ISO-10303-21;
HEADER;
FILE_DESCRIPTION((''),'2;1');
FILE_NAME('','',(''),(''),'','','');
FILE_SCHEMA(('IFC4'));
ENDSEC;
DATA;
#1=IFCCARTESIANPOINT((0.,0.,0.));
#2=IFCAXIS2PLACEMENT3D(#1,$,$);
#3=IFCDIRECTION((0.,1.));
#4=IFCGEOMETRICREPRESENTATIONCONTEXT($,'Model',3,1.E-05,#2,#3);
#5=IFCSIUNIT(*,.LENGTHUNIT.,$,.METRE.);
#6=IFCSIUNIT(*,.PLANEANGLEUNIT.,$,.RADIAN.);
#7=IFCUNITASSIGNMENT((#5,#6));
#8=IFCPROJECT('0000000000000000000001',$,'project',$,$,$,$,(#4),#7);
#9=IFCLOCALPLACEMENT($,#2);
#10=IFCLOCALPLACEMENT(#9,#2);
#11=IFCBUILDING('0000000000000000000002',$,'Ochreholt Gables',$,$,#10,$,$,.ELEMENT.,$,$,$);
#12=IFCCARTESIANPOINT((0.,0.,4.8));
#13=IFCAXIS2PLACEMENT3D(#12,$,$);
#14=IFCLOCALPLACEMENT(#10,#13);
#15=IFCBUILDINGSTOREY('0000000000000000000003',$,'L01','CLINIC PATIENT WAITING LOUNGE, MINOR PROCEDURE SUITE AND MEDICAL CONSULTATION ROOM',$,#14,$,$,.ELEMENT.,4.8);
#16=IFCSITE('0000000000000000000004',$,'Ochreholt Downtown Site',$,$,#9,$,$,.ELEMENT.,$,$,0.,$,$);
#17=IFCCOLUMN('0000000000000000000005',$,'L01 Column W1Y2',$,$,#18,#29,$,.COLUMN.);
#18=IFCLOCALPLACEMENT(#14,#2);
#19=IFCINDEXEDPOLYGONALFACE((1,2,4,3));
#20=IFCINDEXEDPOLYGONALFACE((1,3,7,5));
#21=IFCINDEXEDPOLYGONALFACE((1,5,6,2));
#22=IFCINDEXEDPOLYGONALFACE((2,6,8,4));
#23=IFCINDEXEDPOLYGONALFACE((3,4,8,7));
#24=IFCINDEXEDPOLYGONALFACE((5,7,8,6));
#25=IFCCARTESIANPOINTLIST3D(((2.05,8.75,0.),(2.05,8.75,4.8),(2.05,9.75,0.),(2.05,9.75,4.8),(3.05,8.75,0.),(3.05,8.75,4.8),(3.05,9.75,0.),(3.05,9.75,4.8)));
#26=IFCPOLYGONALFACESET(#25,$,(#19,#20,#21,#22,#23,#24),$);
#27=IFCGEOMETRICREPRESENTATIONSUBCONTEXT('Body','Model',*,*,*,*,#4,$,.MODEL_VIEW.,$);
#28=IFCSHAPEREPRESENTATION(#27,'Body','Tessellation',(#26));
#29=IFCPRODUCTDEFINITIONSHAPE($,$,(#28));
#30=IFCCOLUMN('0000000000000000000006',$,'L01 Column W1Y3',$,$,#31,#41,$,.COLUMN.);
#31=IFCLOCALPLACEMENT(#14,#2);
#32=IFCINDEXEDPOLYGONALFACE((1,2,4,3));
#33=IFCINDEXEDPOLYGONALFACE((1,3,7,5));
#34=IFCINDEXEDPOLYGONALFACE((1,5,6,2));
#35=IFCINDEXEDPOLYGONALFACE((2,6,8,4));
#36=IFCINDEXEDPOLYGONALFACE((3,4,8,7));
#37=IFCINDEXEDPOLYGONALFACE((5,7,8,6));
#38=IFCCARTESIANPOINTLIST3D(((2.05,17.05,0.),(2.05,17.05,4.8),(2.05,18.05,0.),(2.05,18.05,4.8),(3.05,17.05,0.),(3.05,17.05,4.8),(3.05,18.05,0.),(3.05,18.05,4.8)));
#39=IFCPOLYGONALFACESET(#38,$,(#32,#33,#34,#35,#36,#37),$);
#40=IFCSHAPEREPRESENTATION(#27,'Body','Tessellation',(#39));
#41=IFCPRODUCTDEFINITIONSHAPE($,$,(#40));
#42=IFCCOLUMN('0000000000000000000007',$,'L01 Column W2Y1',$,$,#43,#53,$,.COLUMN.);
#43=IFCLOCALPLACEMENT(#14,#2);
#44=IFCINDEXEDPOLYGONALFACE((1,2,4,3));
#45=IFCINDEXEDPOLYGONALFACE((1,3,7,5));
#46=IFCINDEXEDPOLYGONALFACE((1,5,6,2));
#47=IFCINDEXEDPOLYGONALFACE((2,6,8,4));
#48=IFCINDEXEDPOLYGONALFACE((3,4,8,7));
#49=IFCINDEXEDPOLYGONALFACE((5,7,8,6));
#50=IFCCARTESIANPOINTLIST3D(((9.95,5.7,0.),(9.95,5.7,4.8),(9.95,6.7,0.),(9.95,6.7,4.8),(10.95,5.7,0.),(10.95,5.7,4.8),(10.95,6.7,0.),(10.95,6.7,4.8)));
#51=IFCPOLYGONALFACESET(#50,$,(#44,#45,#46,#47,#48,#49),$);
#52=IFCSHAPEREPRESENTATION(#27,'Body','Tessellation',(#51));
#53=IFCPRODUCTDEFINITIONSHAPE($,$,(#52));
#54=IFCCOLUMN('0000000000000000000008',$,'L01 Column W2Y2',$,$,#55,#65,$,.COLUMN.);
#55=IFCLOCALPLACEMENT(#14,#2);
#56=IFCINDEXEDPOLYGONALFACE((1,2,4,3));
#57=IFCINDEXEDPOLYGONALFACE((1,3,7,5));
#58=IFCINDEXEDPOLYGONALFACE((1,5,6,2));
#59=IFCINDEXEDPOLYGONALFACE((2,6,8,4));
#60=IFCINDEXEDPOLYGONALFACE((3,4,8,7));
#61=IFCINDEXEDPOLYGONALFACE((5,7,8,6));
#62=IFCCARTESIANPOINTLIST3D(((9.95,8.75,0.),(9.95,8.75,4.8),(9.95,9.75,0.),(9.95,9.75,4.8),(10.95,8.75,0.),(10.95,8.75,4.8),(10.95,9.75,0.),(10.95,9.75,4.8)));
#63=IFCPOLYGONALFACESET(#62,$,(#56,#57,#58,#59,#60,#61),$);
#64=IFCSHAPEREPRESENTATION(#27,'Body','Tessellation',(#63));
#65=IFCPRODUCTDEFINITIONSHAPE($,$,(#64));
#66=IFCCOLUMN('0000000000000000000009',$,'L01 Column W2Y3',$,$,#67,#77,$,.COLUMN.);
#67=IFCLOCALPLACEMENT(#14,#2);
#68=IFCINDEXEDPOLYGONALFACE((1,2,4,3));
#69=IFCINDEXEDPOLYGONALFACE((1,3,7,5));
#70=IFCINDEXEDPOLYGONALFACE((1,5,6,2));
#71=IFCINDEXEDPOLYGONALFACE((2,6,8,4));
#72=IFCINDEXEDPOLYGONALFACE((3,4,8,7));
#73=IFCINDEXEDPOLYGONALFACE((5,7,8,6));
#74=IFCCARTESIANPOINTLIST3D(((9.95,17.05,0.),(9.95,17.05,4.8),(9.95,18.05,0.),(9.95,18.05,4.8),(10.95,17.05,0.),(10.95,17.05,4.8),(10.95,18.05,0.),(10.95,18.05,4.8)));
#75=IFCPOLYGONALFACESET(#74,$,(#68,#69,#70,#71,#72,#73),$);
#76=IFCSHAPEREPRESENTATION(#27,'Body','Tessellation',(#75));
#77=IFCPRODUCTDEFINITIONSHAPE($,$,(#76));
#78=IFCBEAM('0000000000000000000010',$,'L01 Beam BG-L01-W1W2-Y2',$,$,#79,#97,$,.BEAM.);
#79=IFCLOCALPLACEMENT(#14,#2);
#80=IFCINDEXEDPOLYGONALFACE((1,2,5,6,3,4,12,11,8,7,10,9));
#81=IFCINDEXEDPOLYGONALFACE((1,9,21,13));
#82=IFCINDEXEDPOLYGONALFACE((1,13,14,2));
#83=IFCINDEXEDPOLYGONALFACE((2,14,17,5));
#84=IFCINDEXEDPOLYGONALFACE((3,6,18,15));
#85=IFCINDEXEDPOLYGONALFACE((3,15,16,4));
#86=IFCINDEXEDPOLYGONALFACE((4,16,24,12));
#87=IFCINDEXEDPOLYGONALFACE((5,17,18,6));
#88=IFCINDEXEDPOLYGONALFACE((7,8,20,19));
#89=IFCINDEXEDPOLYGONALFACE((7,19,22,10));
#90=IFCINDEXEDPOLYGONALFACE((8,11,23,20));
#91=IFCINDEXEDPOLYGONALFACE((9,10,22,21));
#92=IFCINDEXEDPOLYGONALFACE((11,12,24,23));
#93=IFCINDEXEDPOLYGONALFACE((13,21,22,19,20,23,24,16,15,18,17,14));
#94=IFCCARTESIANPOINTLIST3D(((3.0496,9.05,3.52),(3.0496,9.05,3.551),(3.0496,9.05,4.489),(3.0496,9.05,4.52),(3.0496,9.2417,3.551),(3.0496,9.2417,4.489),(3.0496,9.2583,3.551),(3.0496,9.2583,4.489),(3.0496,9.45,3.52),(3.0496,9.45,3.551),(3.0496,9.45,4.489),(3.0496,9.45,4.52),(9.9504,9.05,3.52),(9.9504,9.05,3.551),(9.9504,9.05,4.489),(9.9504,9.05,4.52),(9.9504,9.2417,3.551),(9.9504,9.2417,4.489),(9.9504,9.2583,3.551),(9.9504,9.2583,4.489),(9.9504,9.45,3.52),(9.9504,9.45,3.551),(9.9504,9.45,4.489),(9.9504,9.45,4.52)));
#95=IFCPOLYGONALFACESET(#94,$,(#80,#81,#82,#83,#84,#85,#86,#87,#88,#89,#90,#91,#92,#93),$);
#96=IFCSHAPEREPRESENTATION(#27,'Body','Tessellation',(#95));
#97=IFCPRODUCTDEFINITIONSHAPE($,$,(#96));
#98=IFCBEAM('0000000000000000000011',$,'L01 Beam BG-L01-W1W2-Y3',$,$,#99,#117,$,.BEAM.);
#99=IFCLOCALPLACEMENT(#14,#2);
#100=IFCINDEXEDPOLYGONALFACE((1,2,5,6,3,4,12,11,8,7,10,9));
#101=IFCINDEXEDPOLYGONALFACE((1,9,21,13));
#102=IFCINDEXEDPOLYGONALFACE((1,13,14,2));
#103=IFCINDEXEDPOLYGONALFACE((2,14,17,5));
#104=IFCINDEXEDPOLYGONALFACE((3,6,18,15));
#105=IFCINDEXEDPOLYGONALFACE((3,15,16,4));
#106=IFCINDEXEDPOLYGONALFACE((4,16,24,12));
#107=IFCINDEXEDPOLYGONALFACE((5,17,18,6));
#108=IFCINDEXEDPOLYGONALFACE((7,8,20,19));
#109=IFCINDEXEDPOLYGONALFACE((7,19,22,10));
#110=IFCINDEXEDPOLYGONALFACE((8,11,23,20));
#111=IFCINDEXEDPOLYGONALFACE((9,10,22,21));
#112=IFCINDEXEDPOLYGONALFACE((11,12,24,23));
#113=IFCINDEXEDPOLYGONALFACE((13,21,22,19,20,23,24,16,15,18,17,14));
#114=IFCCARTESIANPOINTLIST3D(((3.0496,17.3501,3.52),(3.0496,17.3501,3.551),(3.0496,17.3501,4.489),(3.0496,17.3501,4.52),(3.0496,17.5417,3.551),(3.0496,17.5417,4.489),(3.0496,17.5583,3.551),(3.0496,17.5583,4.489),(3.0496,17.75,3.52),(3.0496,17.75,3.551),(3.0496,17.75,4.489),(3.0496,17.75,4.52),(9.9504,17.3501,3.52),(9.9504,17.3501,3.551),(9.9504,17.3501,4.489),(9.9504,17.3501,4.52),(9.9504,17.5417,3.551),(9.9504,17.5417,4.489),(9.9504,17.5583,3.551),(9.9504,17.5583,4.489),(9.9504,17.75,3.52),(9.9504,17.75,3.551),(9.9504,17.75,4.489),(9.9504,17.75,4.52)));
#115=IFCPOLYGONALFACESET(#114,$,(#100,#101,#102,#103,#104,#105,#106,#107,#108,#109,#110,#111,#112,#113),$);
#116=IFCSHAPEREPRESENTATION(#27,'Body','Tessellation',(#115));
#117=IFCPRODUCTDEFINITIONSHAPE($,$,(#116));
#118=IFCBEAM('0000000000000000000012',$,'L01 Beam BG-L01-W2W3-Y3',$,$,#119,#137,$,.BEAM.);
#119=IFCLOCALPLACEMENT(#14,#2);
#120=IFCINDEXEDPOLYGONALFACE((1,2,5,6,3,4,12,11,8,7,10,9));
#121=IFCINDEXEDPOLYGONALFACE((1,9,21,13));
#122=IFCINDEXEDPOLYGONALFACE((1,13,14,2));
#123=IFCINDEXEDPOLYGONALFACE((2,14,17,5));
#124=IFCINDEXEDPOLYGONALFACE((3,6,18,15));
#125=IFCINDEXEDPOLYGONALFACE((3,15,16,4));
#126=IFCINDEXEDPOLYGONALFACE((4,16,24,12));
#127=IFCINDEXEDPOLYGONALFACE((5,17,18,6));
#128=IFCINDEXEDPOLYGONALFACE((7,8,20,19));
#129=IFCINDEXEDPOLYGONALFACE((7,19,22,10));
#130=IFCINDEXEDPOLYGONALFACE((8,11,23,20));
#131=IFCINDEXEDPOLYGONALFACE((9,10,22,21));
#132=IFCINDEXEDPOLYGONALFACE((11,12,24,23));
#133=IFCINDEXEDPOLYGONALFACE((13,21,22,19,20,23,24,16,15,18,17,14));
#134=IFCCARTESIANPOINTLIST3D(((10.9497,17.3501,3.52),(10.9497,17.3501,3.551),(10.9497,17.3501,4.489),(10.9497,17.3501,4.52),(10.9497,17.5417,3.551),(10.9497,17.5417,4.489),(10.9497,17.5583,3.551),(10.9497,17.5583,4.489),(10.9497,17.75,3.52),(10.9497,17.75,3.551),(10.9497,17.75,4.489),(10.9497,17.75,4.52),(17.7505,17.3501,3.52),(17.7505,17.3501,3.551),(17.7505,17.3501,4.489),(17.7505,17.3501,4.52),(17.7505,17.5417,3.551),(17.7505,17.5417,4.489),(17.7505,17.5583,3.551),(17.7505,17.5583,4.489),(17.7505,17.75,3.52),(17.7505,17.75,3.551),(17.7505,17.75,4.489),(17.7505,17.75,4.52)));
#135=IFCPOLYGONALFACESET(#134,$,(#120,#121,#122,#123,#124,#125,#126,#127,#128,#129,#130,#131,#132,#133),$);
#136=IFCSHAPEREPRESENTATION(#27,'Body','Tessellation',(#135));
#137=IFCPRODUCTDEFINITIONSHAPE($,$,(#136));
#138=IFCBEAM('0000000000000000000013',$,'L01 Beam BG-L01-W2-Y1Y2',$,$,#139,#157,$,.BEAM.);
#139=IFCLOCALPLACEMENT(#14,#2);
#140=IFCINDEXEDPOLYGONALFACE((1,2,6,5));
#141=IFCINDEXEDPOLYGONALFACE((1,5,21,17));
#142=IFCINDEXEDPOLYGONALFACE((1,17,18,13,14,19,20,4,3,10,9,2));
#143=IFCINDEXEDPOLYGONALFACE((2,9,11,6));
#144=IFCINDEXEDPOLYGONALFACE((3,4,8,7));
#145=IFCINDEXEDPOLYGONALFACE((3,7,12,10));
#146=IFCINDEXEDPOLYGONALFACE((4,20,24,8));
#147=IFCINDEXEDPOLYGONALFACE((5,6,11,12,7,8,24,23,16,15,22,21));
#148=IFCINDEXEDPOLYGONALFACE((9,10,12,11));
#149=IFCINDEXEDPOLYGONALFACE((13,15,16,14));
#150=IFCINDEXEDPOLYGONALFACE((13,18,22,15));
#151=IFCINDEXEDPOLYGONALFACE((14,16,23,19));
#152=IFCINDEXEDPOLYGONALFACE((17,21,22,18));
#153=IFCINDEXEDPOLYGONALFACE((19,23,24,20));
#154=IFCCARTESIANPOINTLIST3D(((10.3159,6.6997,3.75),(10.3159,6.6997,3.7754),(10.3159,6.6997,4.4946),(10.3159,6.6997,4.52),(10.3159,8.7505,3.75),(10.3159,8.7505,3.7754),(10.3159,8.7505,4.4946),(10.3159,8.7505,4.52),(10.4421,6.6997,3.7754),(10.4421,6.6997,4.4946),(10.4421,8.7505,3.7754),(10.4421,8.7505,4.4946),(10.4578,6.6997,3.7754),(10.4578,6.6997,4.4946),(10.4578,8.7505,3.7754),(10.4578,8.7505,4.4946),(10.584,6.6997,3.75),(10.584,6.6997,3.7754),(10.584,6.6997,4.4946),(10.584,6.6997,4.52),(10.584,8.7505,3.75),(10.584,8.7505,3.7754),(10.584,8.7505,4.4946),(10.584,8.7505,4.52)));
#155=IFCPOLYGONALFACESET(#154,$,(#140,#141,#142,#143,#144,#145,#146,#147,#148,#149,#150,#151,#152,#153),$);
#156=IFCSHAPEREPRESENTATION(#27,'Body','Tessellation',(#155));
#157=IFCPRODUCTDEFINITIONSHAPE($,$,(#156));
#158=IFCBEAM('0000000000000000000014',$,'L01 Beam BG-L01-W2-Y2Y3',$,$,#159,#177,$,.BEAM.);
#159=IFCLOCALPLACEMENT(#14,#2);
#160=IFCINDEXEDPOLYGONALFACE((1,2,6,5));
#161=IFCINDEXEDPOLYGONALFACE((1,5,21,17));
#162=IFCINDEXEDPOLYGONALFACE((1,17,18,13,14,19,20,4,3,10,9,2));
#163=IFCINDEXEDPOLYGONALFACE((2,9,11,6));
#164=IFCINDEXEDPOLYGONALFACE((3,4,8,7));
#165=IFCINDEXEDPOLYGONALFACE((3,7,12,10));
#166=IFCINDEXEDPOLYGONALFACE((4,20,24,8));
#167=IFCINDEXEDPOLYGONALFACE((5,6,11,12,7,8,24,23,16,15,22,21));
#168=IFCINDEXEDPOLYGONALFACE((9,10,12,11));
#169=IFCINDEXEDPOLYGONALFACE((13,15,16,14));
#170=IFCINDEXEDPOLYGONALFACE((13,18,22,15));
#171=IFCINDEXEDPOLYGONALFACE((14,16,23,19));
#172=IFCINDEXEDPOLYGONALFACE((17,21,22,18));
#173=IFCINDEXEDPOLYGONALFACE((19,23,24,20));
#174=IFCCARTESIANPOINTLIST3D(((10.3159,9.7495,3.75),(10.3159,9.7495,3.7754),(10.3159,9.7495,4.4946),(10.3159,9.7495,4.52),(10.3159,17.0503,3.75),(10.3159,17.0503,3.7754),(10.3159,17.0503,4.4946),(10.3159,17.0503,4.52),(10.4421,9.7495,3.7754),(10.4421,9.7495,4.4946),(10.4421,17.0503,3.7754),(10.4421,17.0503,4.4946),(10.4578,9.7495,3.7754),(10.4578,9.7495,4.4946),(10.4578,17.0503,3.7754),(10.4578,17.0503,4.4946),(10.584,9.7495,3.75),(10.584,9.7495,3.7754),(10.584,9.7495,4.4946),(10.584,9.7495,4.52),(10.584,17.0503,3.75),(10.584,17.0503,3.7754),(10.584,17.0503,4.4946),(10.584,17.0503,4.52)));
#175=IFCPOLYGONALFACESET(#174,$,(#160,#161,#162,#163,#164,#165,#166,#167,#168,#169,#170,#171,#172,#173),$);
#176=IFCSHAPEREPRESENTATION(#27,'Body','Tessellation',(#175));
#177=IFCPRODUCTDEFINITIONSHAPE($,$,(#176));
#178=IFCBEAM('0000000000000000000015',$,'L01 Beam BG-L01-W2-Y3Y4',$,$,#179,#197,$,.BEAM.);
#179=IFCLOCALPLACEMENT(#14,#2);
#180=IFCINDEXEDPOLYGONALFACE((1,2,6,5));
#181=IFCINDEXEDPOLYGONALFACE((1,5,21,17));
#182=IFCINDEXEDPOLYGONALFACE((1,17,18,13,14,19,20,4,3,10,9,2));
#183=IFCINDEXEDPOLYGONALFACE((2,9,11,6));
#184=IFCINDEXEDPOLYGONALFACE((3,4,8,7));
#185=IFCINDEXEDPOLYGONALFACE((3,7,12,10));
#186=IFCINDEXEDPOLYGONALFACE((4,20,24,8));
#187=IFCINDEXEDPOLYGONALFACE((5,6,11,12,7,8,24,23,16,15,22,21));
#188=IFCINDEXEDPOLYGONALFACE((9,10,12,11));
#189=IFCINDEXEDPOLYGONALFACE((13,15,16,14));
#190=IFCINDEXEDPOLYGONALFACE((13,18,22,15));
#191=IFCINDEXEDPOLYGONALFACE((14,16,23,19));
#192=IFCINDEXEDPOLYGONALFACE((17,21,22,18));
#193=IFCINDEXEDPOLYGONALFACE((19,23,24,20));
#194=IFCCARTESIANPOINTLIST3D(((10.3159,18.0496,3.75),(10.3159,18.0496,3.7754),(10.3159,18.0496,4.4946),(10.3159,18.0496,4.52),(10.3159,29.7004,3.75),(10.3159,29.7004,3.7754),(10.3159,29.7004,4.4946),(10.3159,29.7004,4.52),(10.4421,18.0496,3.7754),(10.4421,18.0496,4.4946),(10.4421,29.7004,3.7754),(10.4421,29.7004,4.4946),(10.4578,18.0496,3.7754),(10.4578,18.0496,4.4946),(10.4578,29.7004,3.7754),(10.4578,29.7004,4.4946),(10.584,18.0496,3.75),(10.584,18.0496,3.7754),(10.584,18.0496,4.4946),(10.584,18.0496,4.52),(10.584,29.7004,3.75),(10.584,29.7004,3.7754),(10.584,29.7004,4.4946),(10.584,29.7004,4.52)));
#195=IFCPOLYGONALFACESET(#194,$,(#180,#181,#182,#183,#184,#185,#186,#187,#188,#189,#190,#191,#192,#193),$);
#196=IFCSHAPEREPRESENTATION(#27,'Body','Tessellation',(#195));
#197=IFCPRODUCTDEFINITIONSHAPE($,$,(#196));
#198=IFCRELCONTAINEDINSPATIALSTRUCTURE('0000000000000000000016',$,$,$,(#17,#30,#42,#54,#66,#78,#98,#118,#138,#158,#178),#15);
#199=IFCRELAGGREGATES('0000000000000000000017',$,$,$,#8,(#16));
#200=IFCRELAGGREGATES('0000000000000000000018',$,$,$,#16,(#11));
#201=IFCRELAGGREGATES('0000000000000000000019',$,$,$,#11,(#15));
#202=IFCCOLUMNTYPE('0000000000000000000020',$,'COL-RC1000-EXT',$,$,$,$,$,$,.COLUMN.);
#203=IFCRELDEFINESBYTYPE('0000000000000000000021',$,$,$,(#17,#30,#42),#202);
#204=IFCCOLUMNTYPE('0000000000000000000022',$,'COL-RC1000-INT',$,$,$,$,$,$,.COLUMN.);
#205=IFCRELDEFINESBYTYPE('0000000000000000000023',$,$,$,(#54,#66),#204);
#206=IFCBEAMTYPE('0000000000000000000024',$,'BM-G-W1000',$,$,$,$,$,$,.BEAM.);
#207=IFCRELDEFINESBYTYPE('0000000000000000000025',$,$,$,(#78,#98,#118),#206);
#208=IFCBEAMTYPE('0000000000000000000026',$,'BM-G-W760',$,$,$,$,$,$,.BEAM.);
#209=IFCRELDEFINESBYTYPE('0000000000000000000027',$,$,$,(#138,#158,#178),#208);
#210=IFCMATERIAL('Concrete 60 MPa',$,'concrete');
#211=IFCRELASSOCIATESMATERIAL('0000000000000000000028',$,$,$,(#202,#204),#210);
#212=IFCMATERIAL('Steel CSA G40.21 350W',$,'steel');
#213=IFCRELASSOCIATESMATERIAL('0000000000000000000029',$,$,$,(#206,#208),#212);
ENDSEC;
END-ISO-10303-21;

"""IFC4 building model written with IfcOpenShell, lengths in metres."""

from ifc_helpers import new_model, si_unit, direction, frame, origin, origin_2d, place, context, subcontext, project, spatial, rectangle, i_section, extrude, material, material_profile, profile_set, type_object, element, save


model = new_model("IFC4")

# Units and contexts
model_context = context("Model", 3, precision=1e-05, world=origin(), true_north=direction((0.0, 1.0)))
body_context = subcontext(model_context, "Body", "Model", "MODEL_VIEW")
ifc_project = project(units=[si_unit("LENGTHUNIT", "METRE"), si_unit("PLANEANGLEUNIT", "RADIAN")], contexts=[model_context])

# Site, building, storey
site_placement = place(None, origin())
site = spatial("IfcSite", under=ifc_project, at=site_placement, Name="Ochreholt Downtown Site", CompositionType="ELEMENT", RefElevation=0.0)
building_placement = place(site_placement, origin())
building = spatial("IfcBuilding", under=site, at=building_placement, Name="Ochreholt Gables", CompositionType="ELEMENT")
storey_placement = place(building_placement, frame((0.0, 0.0, 4.8)))
storey = spatial("IfcBuildingStorey", under=building, at=storey_placement, Name="L01", Description="CLINIC PATIENT WAITING LOUNGE, MINOR PROCEDURE SUITE AND MEDICAL CONSULTATION ROOM", CompositionType="ELEMENT", Elevation=4.8)

# Columns
ifc_material_1 = material(Name="Concrete 60 MPa", Category="concrete")
ifc_material_profile_1 = material_profile(ifc_material_1, rectangle(XDim=1.0, YDim=1.0, at=origin_2d()), Name="RC1000X1000")
ifc_profile_set_1 = profile_set([ifc_material_profile_1], Name="Concrete 60 MPa")
column_type_1 = type_object("IfcColumnType", Name="COL-RC1000-EXT", PredefinedType="COLUMN", material=ifc_profile_set_1)
for number, where, z_axis, x_axis, name in (
    (1, (2.55, 9.25, 0.0), (0.0, 0.0, 1.0), (1.0, 0.0, 0.0), "L01 Column W1Y2"),
    (2, (2.55, 17.55, 0.0), (0.0, 0.0, 1.0), (1.0, 0.0, 0.0), "L01 Column W1Y3"),
    (3, (10.45, 6.2, 0.0), (0.0, 0.0, 1.0), (1.0, 0.0, 0.0), "L01 Column W2Y1"),
):
    element("IfcColumn", number, at=place(storey_placement, frame(where, z_axis=z_axis, x_axis=x_axis)), inside=storey, type_object=column_type_1, Name=name, PredefinedType="COLUMN", context=body_context, shape_type="SweptSolid", body=[
        extrude(rectangle(XDim=1.0, YDim=1.0, at=origin_2d()), origin(), (0.0, 0.0, 1.0), 4.8),
    ])
ifc_material_profile_2 = material_profile(ifc_material_1, rectangle(XDim=1.0, YDim=1.0, at=origin_2d()), Name="RC1000X1000")
ifc_profile_set_2 = profile_set([ifc_material_profile_2], Name="Concrete 60 MPa")
column_type_2 = type_object("IfcColumnType", Name="COL-RC1000-INT", PredefinedType="COLUMN", material=ifc_profile_set_2)
for number, where, z_axis, x_axis, name in (
    (4, (10.45, 9.25, 0.0), (0.0, 0.0, 1.0), (1.0, 0.0, 0.0), "L01 Column W2Y2"),
    (5, (10.45, 17.55, 0.0), (0.0, 0.0, 1.0), (1.0, 0.0, 0.0), "L01 Column W2Y3"),
):
    element("IfcColumn", number, at=place(storey_placement, frame(where, z_axis=z_axis, x_axis=x_axis)), inside=storey, type_object=column_type_2, Name=name, PredefinedType="COLUMN", context=body_context, shape_type="SweptSolid", body=[
        extrude(rectangle(XDim=1.0, YDim=1.0, at=origin_2d()), origin(), (0.0, 0.0, 1.0), 4.8),
    ])

# Beams
ifc_material_2 = material(Name="Steel CSA G40.21 350W", Category="steel")
ifc_material_profile_3 = material_profile(ifc_material_2, i_section(OverallWidth=0.3999, OverallDepth=1.0, WebThickness=0.0166, FlangeThickness=0.031, at=origin_2d()), Name="W1000X321")
ifc_profile_set_3 = profile_set([ifc_material_profile_3], Name="Steel CSA G40.21 350W")
beam_type_1 = type_object("IfcBeamType", Name="BM-G-W1000", PredefinedType="BEAM", material=ifc_profile_set_3)
for number, where, z_axis, x_axis, name in (
    (6, (3.0496, 9.25, 4.02), (1.0, 0.0, 0.0), (0.0, 1.0, 0.0), "L01 Beam BG-L01-W1W2-Y2"),
    (7, (3.0496, 17.55, 4.02), (1.0, 0.0, 0.0), (0.0, 1.0, 0.0), "L01 Beam BG-L01-W1W2-Y3"),
):
    element("IfcBeam", number, at=place(storey_placement, frame(where, z_axis=z_axis, x_axis=x_axis)), inside=storey, type_object=beam_type_1, Name=name, PredefinedType="BEAM", context=body_context, shape_type="SweptSolid", body=[
        extrude(i_section(OverallWidth=0.3999, OverallDepth=1.0, WebThickness=0.0166, FlangeThickness=0.031, at=origin_2d()), origin(), (0.0, 0.0, 1.0), 6.9009),
    ])
beam_1_placement = place(storey_placement, frame((10.9497, 17.55, 4.02), z_axis=(1.0, 0.0, 0.0), x_axis=(0.0, 1.0, 0.0)))
element("IfcBeam", 8, at=beam_1_placement, inside=storey, type_object=beam_type_1, Name="L01 Beam BG-L01-W2W3-Y3", PredefinedType="BEAM", context=body_context, shape_type="SweptSolid", body=[
    extrude(i_section(OverallWidth=0.3999, OverallDepth=1.0, WebThickness=0.0166, FlangeThickness=0.031, at=origin_2d()), origin(), (0.0, 0.0, 1.0), 6.8008),
])
ifc_material_profile_4 = material_profile(ifc_material_2, i_section(OverallWidth=0.2681, OverallDepth=0.77, WebThickness=0.0156, FlangeThickness=0.0254, at=origin_2d()), Name="W760X196")
ifc_profile_set_4 = profile_set([ifc_material_profile_4], Name="Steel CSA G40.21 350W")
beam_type_2 = type_object("IfcBeamType", Name="BM-G-W760", PredefinedType="BEAM", material=ifc_profile_set_4)
beam_2_placement = place(storey_placement, frame((10.45, 6.6997, 4.135), z_axis=(0.0, 1.0, 0.0), x_axis=(-1.0, 0.0, 0.0)))
element("IfcBeam", 9, at=beam_2_placement, inside=storey, type_object=beam_type_2, Name="L01 Beam BG-L01-W2-Y1Y2", PredefinedType="BEAM", context=body_context, shape_type="SweptSolid", body=[
    extrude(i_section(OverallWidth=0.2681, OverallDepth=0.77, WebThickness=0.0156, FlangeThickness=0.0254, at=origin_2d()), origin(), (0.0, 0.0, 1.0), 2.0508),
])
beam_3_placement = place(storey_placement, frame((10.45, 9.7495, 4.135), z_axis=(0.0, 1.0, 0.0), x_axis=(-1.0, 0.0, 0.0)))
element("IfcBeam", 10, at=beam_3_placement, inside=storey, type_object=beam_type_2, Name="L01 Beam BG-L01-W2-Y2Y3", PredefinedType="BEAM", context=body_context, shape_type="SweptSolid", body=[
    extrude(i_section(OverallWidth=0.2681, OverallDepth=0.77, WebThickness=0.0156, FlangeThickness=0.0254, at=origin_2d()), origin(), (0.0, 0.0, 1.0), 7.3008),
])
beam_4_placement = place(storey_placement, frame((10.45, 18.0496, 4.135), z_axis=(0.0, 1.0, 0.0), x_axis=(-1.0, 0.0, 0.0)))
element("IfcBeam", 11, at=beam_4_placement, inside=storey, type_object=beam_type_2, Name="L01 Beam BG-L01-W2-Y3Y4", PredefinedType="BEAM", context=body_context, shape_type="SweptSolid", body=[
    extrude(i_section(OverallWidth=0.2681, OverallDepth=0.77, WebThickness=0.0156, FlangeThickness=0.0254, at=origin_2d()), origin(), (0.0, 0.0, 1.0), 11.6509),
])

save(model, "model.ifc")
